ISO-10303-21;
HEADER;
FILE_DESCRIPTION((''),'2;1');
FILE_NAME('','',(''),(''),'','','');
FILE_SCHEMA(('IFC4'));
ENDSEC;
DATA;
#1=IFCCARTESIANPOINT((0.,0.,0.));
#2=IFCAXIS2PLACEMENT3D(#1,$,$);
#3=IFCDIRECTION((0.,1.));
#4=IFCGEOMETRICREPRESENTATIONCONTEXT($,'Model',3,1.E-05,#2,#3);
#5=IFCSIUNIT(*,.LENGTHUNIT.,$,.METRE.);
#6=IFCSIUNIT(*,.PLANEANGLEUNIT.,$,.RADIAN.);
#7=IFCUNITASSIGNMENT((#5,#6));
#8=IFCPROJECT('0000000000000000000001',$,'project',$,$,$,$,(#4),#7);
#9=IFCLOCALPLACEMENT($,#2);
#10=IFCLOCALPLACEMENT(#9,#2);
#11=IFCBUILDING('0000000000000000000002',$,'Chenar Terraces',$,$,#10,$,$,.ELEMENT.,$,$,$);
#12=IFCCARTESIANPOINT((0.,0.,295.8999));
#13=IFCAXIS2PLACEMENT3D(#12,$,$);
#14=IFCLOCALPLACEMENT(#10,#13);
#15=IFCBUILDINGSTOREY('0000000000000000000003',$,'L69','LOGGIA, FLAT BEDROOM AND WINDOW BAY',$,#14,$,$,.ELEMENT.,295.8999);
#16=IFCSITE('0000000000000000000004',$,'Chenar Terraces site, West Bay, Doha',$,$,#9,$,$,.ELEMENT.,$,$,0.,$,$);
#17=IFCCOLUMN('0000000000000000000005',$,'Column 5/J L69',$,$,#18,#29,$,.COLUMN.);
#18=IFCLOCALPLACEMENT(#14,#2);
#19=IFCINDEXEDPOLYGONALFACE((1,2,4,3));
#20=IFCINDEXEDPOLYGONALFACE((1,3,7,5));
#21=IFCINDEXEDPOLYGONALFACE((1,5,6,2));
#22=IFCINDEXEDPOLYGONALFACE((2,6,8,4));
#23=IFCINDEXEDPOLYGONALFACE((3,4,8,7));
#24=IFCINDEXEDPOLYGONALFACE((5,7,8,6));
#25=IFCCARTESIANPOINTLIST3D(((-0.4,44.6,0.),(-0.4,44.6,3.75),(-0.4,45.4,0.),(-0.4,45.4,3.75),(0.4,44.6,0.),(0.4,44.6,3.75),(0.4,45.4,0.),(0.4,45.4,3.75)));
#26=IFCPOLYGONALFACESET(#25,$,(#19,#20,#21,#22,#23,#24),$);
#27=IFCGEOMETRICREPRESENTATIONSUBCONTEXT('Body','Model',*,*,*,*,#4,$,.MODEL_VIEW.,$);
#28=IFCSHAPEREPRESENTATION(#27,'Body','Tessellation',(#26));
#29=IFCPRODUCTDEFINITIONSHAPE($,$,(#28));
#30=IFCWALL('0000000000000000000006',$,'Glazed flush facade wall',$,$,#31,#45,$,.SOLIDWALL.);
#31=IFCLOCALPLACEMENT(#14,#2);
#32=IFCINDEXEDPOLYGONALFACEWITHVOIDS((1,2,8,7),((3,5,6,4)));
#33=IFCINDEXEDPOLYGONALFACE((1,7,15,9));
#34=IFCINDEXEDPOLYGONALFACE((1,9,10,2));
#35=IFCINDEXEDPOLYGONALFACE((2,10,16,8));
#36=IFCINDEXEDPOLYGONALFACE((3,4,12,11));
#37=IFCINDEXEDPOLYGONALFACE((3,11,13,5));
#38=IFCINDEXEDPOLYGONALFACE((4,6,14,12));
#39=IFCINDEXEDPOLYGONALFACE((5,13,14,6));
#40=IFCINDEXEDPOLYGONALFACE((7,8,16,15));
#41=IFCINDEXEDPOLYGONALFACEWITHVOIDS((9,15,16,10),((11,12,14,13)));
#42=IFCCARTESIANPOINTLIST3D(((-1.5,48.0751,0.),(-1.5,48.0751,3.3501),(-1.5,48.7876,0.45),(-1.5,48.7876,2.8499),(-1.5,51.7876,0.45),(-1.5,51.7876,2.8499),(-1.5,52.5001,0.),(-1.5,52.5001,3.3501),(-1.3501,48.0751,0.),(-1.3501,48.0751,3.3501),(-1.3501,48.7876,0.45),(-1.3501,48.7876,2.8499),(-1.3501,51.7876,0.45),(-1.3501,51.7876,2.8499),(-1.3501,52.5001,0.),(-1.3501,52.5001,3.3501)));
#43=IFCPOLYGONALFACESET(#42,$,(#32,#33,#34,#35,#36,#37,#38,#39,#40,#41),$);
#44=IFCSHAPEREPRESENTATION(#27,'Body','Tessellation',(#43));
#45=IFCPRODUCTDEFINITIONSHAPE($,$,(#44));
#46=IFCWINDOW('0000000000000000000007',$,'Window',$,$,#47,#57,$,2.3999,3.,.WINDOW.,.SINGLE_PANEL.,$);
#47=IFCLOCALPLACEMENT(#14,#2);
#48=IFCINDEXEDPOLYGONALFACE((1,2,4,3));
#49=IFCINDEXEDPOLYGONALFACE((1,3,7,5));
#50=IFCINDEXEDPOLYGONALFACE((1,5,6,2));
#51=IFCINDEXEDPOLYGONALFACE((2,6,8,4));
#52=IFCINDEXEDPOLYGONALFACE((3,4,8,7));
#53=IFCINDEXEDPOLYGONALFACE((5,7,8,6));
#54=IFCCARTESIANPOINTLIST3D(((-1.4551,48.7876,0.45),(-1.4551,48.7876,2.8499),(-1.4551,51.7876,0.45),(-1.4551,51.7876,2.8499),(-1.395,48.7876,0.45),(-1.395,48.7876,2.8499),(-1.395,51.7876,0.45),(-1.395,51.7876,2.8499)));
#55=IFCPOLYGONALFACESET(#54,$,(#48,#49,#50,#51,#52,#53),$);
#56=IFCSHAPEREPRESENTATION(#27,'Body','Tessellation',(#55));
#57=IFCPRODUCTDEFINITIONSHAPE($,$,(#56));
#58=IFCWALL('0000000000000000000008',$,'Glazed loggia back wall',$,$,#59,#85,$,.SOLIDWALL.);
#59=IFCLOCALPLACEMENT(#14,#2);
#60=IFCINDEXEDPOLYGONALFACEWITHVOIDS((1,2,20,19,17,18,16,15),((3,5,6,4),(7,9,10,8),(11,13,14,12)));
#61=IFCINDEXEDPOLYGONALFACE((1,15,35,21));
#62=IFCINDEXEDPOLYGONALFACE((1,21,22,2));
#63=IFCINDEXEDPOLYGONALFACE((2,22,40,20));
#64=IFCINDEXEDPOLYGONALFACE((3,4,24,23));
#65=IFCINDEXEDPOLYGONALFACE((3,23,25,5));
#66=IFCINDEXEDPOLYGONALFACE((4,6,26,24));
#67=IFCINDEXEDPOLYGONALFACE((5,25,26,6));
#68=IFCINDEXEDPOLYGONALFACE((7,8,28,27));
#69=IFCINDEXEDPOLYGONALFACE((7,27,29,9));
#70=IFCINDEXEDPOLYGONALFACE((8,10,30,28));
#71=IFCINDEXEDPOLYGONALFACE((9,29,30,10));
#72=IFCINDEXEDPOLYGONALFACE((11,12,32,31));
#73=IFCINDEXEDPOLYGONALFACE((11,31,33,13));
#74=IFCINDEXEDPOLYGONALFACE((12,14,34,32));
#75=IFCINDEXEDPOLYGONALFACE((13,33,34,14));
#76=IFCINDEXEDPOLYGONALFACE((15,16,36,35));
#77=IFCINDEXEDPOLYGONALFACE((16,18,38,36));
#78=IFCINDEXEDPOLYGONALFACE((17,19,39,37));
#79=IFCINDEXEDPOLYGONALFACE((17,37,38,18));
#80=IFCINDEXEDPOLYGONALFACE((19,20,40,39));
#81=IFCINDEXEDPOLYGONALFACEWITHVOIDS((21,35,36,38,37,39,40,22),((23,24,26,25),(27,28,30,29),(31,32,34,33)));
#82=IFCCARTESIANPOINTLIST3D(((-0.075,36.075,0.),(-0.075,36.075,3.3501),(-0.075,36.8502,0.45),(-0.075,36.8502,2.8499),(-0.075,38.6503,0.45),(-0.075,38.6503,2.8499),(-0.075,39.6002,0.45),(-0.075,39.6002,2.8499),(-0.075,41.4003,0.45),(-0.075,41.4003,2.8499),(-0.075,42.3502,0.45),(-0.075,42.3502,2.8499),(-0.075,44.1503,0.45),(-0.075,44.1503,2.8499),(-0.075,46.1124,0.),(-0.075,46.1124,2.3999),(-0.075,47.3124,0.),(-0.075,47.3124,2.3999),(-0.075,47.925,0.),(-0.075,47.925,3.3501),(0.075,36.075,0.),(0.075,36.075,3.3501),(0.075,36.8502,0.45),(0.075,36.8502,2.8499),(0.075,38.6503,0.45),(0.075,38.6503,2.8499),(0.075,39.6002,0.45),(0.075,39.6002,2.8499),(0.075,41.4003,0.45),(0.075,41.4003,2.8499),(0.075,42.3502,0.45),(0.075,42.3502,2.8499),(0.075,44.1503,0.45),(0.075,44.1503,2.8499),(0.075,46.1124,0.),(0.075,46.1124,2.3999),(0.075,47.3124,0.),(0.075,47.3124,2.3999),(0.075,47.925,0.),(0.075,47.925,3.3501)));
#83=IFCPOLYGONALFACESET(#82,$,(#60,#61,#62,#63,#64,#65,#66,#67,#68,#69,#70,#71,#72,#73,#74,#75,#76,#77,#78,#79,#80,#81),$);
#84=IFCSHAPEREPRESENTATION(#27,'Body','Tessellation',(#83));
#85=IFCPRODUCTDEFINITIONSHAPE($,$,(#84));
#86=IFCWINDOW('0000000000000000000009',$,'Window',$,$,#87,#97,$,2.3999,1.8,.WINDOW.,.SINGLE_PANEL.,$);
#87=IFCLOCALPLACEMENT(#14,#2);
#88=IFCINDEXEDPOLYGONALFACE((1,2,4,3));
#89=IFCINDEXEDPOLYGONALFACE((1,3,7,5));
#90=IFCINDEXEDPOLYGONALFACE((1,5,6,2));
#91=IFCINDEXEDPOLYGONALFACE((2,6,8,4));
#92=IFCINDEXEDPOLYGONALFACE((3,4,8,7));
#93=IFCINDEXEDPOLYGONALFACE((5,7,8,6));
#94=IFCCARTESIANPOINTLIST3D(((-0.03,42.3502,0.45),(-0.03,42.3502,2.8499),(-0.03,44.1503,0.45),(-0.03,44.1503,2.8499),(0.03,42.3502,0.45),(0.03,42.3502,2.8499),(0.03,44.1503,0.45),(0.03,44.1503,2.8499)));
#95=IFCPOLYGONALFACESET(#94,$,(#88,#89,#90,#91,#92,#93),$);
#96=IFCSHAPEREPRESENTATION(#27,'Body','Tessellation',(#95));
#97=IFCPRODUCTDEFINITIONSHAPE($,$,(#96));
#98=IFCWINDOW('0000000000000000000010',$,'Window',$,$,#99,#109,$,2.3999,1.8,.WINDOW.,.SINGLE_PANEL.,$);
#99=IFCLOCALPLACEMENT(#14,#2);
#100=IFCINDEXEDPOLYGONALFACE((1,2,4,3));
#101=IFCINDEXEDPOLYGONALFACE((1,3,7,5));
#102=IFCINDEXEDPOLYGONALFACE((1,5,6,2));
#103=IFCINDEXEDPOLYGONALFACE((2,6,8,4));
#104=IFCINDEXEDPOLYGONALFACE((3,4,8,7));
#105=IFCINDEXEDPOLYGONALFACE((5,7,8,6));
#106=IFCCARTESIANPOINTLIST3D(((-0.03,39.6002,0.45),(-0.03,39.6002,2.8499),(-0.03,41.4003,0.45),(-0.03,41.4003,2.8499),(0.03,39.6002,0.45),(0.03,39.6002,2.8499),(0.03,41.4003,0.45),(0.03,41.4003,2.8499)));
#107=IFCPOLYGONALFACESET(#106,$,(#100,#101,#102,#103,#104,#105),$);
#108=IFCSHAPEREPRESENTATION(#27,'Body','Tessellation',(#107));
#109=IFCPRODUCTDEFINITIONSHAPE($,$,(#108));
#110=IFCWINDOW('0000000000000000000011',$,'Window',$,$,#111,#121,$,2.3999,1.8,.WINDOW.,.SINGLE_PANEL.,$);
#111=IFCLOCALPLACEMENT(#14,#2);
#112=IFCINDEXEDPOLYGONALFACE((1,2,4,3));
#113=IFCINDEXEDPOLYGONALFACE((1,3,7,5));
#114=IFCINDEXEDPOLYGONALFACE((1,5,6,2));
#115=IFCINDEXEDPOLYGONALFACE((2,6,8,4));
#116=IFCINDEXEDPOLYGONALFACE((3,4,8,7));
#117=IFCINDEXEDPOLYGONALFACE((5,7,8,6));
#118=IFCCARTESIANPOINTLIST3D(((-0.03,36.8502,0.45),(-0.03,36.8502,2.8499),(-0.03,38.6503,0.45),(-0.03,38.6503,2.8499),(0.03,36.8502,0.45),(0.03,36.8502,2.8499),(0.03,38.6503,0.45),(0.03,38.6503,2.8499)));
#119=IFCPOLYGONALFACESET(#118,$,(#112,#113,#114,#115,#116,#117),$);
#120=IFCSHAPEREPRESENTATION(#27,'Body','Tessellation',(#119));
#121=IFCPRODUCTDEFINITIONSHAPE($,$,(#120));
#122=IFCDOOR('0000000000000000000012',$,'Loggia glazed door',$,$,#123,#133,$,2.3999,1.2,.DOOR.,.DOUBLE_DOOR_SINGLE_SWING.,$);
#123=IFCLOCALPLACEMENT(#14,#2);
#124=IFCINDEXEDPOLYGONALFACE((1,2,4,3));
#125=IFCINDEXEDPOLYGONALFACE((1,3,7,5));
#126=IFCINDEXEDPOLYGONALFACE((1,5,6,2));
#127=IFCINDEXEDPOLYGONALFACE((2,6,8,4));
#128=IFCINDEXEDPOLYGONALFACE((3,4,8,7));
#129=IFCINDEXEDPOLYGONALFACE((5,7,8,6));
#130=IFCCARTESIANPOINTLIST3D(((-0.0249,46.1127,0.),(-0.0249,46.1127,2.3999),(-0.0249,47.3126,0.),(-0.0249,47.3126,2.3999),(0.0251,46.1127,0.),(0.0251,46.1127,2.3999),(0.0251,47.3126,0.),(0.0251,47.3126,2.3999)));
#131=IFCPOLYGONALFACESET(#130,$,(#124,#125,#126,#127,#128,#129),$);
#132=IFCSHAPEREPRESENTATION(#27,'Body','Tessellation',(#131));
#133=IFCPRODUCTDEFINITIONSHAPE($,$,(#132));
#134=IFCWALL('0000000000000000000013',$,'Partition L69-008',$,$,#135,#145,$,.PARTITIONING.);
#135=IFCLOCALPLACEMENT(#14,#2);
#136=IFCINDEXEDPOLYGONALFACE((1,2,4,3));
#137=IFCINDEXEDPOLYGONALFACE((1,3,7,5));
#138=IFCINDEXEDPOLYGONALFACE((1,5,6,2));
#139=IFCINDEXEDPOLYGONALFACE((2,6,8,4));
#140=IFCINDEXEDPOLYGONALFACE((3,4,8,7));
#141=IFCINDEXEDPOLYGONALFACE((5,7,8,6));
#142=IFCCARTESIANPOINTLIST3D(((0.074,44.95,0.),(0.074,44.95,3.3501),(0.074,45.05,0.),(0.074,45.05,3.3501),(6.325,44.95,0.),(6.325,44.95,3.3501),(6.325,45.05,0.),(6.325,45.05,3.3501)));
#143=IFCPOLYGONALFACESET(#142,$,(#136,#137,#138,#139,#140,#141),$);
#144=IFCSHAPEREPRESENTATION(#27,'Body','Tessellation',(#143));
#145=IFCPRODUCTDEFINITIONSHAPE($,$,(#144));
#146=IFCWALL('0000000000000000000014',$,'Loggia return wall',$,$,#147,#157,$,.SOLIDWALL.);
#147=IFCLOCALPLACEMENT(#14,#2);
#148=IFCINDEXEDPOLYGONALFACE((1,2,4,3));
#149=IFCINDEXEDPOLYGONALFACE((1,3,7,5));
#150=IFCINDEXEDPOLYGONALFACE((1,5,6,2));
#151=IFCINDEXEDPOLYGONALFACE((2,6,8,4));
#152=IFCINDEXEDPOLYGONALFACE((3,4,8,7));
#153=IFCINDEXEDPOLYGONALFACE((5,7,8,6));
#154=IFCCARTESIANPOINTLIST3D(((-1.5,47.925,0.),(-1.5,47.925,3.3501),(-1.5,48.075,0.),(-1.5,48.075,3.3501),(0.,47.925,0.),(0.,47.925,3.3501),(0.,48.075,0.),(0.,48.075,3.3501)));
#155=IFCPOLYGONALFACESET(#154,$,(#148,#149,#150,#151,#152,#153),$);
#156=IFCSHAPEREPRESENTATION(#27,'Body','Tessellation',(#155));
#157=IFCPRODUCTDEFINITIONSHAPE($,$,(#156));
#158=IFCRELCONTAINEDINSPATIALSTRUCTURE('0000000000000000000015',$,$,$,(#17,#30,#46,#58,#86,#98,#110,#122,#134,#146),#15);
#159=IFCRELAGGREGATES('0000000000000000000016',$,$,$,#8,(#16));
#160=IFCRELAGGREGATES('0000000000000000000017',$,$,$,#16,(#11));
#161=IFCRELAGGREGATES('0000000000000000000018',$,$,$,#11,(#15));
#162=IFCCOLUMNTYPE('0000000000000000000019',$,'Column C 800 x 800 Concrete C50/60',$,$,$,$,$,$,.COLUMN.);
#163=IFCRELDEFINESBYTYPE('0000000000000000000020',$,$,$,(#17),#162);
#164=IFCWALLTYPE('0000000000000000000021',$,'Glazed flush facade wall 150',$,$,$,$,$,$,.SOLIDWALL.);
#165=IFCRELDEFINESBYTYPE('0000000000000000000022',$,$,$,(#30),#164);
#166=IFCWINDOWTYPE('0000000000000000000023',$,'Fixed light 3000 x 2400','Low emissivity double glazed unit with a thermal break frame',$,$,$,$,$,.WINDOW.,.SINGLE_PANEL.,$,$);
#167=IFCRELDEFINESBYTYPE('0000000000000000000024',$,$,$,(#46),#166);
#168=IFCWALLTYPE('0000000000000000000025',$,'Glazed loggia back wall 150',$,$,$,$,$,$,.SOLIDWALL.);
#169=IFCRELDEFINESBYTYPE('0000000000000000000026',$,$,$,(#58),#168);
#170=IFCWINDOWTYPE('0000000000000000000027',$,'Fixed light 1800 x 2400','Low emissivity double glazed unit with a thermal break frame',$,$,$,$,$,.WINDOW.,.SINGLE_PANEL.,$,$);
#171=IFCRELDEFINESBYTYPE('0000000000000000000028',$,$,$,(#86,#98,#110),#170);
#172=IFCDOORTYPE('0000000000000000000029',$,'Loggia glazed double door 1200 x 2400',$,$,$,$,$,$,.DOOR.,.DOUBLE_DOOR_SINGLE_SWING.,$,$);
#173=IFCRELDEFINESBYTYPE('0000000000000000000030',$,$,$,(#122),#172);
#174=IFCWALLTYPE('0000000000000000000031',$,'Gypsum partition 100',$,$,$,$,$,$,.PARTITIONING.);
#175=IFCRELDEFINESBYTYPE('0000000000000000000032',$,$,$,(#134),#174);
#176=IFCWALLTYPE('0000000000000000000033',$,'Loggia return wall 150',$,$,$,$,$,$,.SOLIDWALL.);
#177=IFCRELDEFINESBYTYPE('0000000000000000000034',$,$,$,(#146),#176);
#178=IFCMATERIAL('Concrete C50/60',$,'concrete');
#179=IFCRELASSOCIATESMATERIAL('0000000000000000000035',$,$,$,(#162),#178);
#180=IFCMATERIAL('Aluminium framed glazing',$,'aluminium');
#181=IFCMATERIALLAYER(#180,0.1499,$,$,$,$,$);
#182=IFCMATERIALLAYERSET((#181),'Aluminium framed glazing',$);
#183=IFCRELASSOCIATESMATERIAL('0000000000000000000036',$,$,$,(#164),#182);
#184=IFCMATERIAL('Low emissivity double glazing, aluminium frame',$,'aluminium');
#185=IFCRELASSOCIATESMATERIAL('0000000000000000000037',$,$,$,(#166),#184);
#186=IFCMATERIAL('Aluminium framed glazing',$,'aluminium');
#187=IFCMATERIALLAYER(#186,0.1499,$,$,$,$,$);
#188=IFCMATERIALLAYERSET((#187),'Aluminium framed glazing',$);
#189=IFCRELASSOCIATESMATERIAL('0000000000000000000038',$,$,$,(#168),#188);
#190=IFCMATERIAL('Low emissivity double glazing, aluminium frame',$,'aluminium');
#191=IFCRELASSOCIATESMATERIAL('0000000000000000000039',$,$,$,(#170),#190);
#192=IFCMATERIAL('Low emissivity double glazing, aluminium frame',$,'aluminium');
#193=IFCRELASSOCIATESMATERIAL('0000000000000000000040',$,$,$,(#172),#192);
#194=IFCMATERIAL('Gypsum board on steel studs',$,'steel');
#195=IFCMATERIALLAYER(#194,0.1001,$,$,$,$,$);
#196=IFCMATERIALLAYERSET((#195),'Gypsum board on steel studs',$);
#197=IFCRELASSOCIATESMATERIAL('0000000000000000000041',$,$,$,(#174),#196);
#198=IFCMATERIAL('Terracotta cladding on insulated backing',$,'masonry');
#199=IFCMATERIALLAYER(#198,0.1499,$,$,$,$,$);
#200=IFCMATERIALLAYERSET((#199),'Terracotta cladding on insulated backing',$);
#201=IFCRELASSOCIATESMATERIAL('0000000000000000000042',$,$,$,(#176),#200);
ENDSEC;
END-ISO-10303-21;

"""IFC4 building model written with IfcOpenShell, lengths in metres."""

from ifc_helpers import new_model, si_unit, direction, frame, frame_2d, origin, origin_2d, place, context, subcontext, project, spatial, rectangle, extrude, material, layer, layer_set, material_profile, profile_set, type_object, element, fill, save


model = new_model("IFC4")

# Units and contexts
model_context = context("Model", 3, precision=1e-05, world=origin(), true_north=direction((0.0, 1.0)))
body_context = subcontext(model_context, "Body", "Model", "MODEL_VIEW")
ifc_project = project(units=[si_unit("LENGTHUNIT", "METRE"), si_unit("PLANEANGLEUNIT", "RADIAN")], contexts=[model_context])

# Site, building, storey
site_placement = place(None, origin())
site = spatial("IfcSite", under=ifc_project, at=site_placement, Name="Chenar Terraces site, West Bay, Doha", CompositionType="ELEMENT", RefElevation=0.0)
building_placement = place(site_placement, origin())
building = spatial("IfcBuilding", under=site, at=building_placement, Name="Chenar Terraces", CompositionType="ELEMENT")
storey_placement = place(building_placement, frame((0.0, 0.0, 295.8999)))
storey = spatial("IfcBuildingStorey", under=building, at=storey_placement, Name="L69", Description="LOGGIA, FLAT BEDROOM AND WINDOW BAY", CompositionType="ELEMENT", Elevation=295.8999)

# Column
ifc_material_1 = material(Name="Concrete C50/60", Category="concrete")
ifc_material_profile_1 = material_profile(ifc_material_1, rectangle(XDim=0.8, YDim=0.8, at=origin_2d()), Name="C 800 x 800")
ifc_profile_set_1 = profile_set([ifc_material_profile_1], Name="Concrete C50/60")
column_type = type_object("IfcColumnType", Name="Column C 800 x 800 Concrete C50/60", PredefinedType="COLUMN", material=ifc_profile_set_1)
column_placement = place(storey_placement, frame((0.0, 45.0, 0.0), z_axis=(0.0, 0.0, 1.0), x_axis=(1.0, 0.0, 0.0)))
element("IfcColumn", 1, at=column_placement, inside=storey, type_object=column_type, Name="Column 5/J L69", PredefinedType="COLUMN", context=body_context, shape_type="SweptSolid", body=[
    extrude(rectangle(XDim=0.8, YDim=0.8, at=origin_2d()), origin(), (0.0, 0.0, 1.0), 3.75),
])

# Wall, opening, window
ifc_material_2 = material(Name="Aluminium framed glazing", Category="aluminium")
ifc_layer_1 = layer(ifc_material_2, 0.1499)
ifc_layer_set_1 = layer_set([ifc_layer_1], Name="Aluminium framed glazing")
wall_type_1 = type_object("IfcWallType", Name="Glazed flush facade wall 150", PredefinedType="SOLIDWALL", material=ifc_layer_set_1)
wall_1_placement = place(storey_placement, frame((-1.425, 52.5, 0.0), z_axis=(0.0, 0.0, 1.0), x_axis=(0.0, -1.0, 0.0)))
wall_1 = element("IfcWall", 2, at=wall_1_placement, inside=storey, type_object=wall_type_1, Name="Glazed flush facade wall", PredefinedType="SOLIDWALL", context=body_context, shape_type="SweptSolid", body=[
    extrude(rectangle(XDim=4.425, YDim=0.1499, at=frame_2d((2.2124, 0.0))), origin(), (0.0, 0.0, 1.0), 3.3501),
])
opening_1_placement = place(wall_1_placement, frame((0.7124, 0.0, 0.45)))
opening_1 = element("IfcOpeningElement", 3, at=opening_1_placement, cuts=wall_1, PredefinedType="OPENING", context=body_context, shape_type="SweptSolid", body=[
    extrude(rectangle(XDim=3.0, YDim=2.3999, at=frame_2d((1.5, 1.2))), frame((0.0, 0.085, 0.0), z_axis=(0.0, -1.0, 0.0), x_axis=(1.0, 0.0, 0.0)), (0.0, 0.0, 1.0), 0.1699),
])
ifc_material_3 = material(Name="Low emissivity double glazing, aluminium frame", Category="aluminium")
window_type_1 = type_object("IfcWindowType", Name="Fixed light 3000 x 2400", Description="Low emissivity double glazed unit with a thermal break frame", PartitioningType="SINGLE_PANEL", PredefinedType="WINDOW", material=ifc_material_3)
window_1_placement = place(opening_1_placement, origin())
window_1 = element("IfcWindow", 4, at=window_1_placement, inside=storey, type_object=window_type_1, Name="Window", OverallHeight=2.3999, OverallWidth=3.0, PartitioningType="SINGLE_PANEL", PredefinedType="WINDOW", context=body_context, shape_type="SweptSolid", body=[
    extrude(rectangle(XDim=3.0, YDim=2.3999, at=frame_2d((1.5, 1.2))), frame((0.0, 0.03, 0.0), z_axis=(0.0, -1.0, 0.0), x_axis=(1.0, 0.0, 0.0)), (0.0, 0.0, 1.0), 0.0601),
])
fill(opening_1, window_1)

# Wall, openings, windows, door
ifc_material_4 = material(Name="Aluminium framed glazing", Category="aluminium")
ifc_layer_2 = layer(ifc_material_4, 0.1499)
ifc_layer_set_2 = layer_set([ifc_layer_2], Name="Aluminium framed glazing")
wall_type_2 = type_object("IfcWallType", Name="Glazed loggia back wall 150", PredefinedType="SOLIDWALL", material=ifc_layer_set_2)
wall_2_placement = place(storey_placement, frame((0.0, 47.925, 0.0), z_axis=(0.0, 0.0, 1.0), x_axis=(0.0, -1.0, 0.0)))
wall_2 = element("IfcWall", 5, at=wall_2_placement, inside=storey, type_object=wall_type_2, Name="Glazed loggia back wall", PredefinedType="SOLIDWALL", context=body_context, shape_type="SweptSolid", body=[
    extrude(rectangle(XDim=11.8501, YDim=0.1499, at=frame_2d((5.925, 0.0))), origin(), (0.0, 0.0, 1.0), 3.3501),
])
opening_2_placement = place(wall_2_placement, frame((0.6125, 0.0, 0.0)))
opening_2 = element("IfcOpeningElement", 6, at=opening_2_placement, cuts=wall_2, PredefinedType="OPENING", context=body_context, shape_type="SweptSolid", body=[
    extrude(rectangle(XDim=1.2, YDim=2.3999, at=frame_2d((0.6001, 1.2))), frame((0.0, 0.085, 0.0), z_axis=(0.0, -1.0, 0.0), x_axis=(1.0, 0.0, 0.0)), (0.0, 0.0, 1.0), 0.1699),
])
opening_3_placement = place(wall_2_placement, frame((3.7749, 0.0, 0.45)))
opening_3 = element("IfcOpeningElement", 7, at=opening_3_placement, cuts=wall_2, PredefinedType="OPENING", context=body_context, shape_type="SweptSolid", body=[
    extrude(rectangle(XDim=1.8, YDim=2.3999, at=frame_2d((0.8999, 1.2))), frame((0.0, 0.085, 0.0), z_axis=(0.0, -1.0, 0.0), x_axis=(1.0, 0.0, 0.0)), (0.0, 0.0, 1.0), 0.1699),
])
opening_4_placement = place(wall_2_placement, frame((6.5249, 0.0, 0.45)))
opening_4 = element("IfcOpeningElement", 8, at=opening_4_placement, cuts=wall_2, PredefinedType="OPENING", context=body_context, shape_type="SweptSolid", body=[
    extrude(rectangle(XDim=1.8, YDim=2.3999, at=frame_2d((0.8999, 1.2))), frame((0.0, 0.085, 0.0), z_axis=(0.0, -1.0, 0.0), x_axis=(1.0, 0.0, 0.0)), (0.0, 0.0, 1.0), 0.1699),
])
opening_5_placement = place(wall_2_placement, frame((9.2749, 0.0, 0.45)))
opening_5 = element("IfcOpeningElement", 9, at=opening_5_placement, cuts=wall_2, PredefinedType="OPENING", context=body_context, shape_type="SweptSolid", body=[
    extrude(rectangle(XDim=1.8, YDim=2.3999, at=frame_2d((0.8999, 1.2))), frame((0.0, 0.085, 0.0), z_axis=(0.0, -1.0, 0.0), x_axis=(1.0, 0.0, 0.0)), (0.0, 0.0, 1.0), 0.1699),
])
ifc_material_5 = material(Name="Low emissivity double glazing, aluminium frame", Category="aluminium")
window_type_2 = type_object("IfcWindowType", Name="Fixed light 1800 x 2400", Description="Low emissivity double glazed unit with a thermal break frame", PartitioningType="SINGLE_PANEL", PredefinedType="WINDOW", material=ifc_material_5)
window_2_placement = place(opening_3_placement, origin())
window_2 = element("IfcWindow", 10, at=window_2_placement, inside=storey, type_object=window_type_2, Name="Window", OverallHeight=2.3999, OverallWidth=1.8, PartitioningType="SINGLE_PANEL", PredefinedType="WINDOW", context=body_context, shape_type="SweptSolid", body=[
    extrude(rectangle(XDim=1.8, YDim=2.3999, at=frame_2d((0.8999, 1.2))), frame((0.0, 0.03, 0.0), z_axis=(0.0, -1.0, 0.0), x_axis=(1.0, 0.0, 0.0)), (0.0, 0.0, 1.0), 0.0601),
])
fill(opening_3, window_2)
window_3_placement = place(opening_4_placement, origin())
window_3 = element("IfcWindow", 11, at=window_3_placement, inside=storey, type_object=window_type_2, Name="Window", OverallHeight=2.3999, OverallWidth=1.8, PartitioningType="SINGLE_PANEL", PredefinedType="WINDOW", context=body_context, shape_type="SweptSolid", body=[
    extrude(rectangle(XDim=1.8, YDim=2.3999, at=frame_2d((0.8999, 1.2))), frame((0.0, 0.03, 0.0), z_axis=(0.0, -1.0, 0.0), x_axis=(1.0, 0.0, 0.0)), (0.0, 0.0, 1.0), 0.0601),
])
fill(opening_4, window_3)
window_4_placement = place(opening_5_placement, origin())
window_4 = element("IfcWindow", 12, at=window_4_placement, inside=storey, type_object=window_type_2, Name="Window", OverallHeight=2.3999, OverallWidth=1.8, PartitioningType="SINGLE_PANEL", PredefinedType="WINDOW", context=body_context, shape_type="SweptSolid", body=[
    extrude(rectangle(XDim=1.8, YDim=2.3999, at=frame_2d((0.8999, 1.2))), frame((0.0, 0.03, 0.0), z_axis=(0.0, -1.0, 0.0), x_axis=(1.0, 0.0, 0.0)), (0.0, 0.0, 1.0), 0.0601),
])
fill(opening_5, window_4)
ifc_material_6 = material(Name="Low emissivity double glazing, aluminium frame", Category="aluminium")
door_type_1 = type_object("IfcDoorType", Name="Loggia glazed double door 1200 x 2400", OperationType="DOUBLE_DOOR_SINGLE_SWING", PredefinedType="DOOR", material=ifc_material_6)
door_1_placement = place(opening_2_placement, frame((1.2, 0.0, 0.0), z_axis=(0.0, 0.0, 1.0), x_axis=(-1.0, 0.0, 0.0)))
door_1 = element("IfcDoor", 13, at=door_1_placement, inside=storey, type_object=door_type_1, Name="Loggia glazed door", OperationType="DOUBLE_DOOR_SINGLE_SWING", OverallHeight=2.3999, OverallWidth=1.2, PredefinedType="DOOR", context=body_context, shape_type="SweptSolid", body=[
    extrude(rectangle(XDim=1.2, YDim=2.3999, at=frame_2d((0.6001, 1.2))), frame((0.0, 0.0249, 0.0), z_axis=(0.0, -1.0, 0.0), x_axis=(1.0, 0.0, 0.0)), (0.0, 0.0, 1.0), 0.05),
])
fill(opening_2, door_1)

# Walls
ifc_material_7 = material(Name="Gypsum board on steel studs", Category="steel")
ifc_layer_3 = layer(ifc_material_7, 0.1001)
ifc_layer_set_3 = layer_set([ifc_layer_3], Name="Gypsum board on steel studs")
wall_type_3 = type_object("IfcWallType", Name="Gypsum partition 100", PredefinedType="PARTITIONING", material=ifc_layer_set_3)
wall_3_placement = place(storey_placement, frame((0.074, 45.0, 0.0), z_axis=(0.0, 0.0, 1.0), x_axis=(1.0, 0.0, 0.0)))
element("IfcWall", 14, at=wall_3_placement, inside=storey, type_object=wall_type_3, Name="Partition L69-008", PredefinedType="PARTITIONING", context=body_context, shape_type="SweptSolid", body=[
    extrude(rectangle(XDim=6.251, YDim=0.1001, at=frame_2d((3.1255, 0.0))), origin(), (0.0, 0.0, 1.0), 3.3501),
])
ifc_material_8 = material(Name="Terracotta cladding on insulated backing", Category="masonry")
ifc_layer_4 = layer(ifc_material_8, 0.1499)
ifc_layer_set_4 = layer_set([ifc_layer_4], Name="Terracotta cladding on insulated backing")
wall_type_4 = type_object("IfcWallType", Name="Loggia return wall 150", PredefinedType="SOLIDWALL", material=ifc_layer_set_4)
wall_4_placement = place(storey_placement, frame((-1.5, 48.0, 0.0), z_axis=(0.0, 0.0, 1.0), x_axis=(1.0, 0.0, 0.0)))
element("IfcWall", 15, at=wall_4_placement, inside=storey, type_object=wall_type_4, Name="Loggia return wall", PredefinedType="SOLIDWALL", context=body_context, shape_type="SweptSolid", body=[
    extrude(rectangle(XDim=1.5, YDim=0.1499, at=frame_2d((0.75, 0.0))), origin(), (0.0, 0.0, 1.0), 3.3501),
])

save(model, "model.ifc")
